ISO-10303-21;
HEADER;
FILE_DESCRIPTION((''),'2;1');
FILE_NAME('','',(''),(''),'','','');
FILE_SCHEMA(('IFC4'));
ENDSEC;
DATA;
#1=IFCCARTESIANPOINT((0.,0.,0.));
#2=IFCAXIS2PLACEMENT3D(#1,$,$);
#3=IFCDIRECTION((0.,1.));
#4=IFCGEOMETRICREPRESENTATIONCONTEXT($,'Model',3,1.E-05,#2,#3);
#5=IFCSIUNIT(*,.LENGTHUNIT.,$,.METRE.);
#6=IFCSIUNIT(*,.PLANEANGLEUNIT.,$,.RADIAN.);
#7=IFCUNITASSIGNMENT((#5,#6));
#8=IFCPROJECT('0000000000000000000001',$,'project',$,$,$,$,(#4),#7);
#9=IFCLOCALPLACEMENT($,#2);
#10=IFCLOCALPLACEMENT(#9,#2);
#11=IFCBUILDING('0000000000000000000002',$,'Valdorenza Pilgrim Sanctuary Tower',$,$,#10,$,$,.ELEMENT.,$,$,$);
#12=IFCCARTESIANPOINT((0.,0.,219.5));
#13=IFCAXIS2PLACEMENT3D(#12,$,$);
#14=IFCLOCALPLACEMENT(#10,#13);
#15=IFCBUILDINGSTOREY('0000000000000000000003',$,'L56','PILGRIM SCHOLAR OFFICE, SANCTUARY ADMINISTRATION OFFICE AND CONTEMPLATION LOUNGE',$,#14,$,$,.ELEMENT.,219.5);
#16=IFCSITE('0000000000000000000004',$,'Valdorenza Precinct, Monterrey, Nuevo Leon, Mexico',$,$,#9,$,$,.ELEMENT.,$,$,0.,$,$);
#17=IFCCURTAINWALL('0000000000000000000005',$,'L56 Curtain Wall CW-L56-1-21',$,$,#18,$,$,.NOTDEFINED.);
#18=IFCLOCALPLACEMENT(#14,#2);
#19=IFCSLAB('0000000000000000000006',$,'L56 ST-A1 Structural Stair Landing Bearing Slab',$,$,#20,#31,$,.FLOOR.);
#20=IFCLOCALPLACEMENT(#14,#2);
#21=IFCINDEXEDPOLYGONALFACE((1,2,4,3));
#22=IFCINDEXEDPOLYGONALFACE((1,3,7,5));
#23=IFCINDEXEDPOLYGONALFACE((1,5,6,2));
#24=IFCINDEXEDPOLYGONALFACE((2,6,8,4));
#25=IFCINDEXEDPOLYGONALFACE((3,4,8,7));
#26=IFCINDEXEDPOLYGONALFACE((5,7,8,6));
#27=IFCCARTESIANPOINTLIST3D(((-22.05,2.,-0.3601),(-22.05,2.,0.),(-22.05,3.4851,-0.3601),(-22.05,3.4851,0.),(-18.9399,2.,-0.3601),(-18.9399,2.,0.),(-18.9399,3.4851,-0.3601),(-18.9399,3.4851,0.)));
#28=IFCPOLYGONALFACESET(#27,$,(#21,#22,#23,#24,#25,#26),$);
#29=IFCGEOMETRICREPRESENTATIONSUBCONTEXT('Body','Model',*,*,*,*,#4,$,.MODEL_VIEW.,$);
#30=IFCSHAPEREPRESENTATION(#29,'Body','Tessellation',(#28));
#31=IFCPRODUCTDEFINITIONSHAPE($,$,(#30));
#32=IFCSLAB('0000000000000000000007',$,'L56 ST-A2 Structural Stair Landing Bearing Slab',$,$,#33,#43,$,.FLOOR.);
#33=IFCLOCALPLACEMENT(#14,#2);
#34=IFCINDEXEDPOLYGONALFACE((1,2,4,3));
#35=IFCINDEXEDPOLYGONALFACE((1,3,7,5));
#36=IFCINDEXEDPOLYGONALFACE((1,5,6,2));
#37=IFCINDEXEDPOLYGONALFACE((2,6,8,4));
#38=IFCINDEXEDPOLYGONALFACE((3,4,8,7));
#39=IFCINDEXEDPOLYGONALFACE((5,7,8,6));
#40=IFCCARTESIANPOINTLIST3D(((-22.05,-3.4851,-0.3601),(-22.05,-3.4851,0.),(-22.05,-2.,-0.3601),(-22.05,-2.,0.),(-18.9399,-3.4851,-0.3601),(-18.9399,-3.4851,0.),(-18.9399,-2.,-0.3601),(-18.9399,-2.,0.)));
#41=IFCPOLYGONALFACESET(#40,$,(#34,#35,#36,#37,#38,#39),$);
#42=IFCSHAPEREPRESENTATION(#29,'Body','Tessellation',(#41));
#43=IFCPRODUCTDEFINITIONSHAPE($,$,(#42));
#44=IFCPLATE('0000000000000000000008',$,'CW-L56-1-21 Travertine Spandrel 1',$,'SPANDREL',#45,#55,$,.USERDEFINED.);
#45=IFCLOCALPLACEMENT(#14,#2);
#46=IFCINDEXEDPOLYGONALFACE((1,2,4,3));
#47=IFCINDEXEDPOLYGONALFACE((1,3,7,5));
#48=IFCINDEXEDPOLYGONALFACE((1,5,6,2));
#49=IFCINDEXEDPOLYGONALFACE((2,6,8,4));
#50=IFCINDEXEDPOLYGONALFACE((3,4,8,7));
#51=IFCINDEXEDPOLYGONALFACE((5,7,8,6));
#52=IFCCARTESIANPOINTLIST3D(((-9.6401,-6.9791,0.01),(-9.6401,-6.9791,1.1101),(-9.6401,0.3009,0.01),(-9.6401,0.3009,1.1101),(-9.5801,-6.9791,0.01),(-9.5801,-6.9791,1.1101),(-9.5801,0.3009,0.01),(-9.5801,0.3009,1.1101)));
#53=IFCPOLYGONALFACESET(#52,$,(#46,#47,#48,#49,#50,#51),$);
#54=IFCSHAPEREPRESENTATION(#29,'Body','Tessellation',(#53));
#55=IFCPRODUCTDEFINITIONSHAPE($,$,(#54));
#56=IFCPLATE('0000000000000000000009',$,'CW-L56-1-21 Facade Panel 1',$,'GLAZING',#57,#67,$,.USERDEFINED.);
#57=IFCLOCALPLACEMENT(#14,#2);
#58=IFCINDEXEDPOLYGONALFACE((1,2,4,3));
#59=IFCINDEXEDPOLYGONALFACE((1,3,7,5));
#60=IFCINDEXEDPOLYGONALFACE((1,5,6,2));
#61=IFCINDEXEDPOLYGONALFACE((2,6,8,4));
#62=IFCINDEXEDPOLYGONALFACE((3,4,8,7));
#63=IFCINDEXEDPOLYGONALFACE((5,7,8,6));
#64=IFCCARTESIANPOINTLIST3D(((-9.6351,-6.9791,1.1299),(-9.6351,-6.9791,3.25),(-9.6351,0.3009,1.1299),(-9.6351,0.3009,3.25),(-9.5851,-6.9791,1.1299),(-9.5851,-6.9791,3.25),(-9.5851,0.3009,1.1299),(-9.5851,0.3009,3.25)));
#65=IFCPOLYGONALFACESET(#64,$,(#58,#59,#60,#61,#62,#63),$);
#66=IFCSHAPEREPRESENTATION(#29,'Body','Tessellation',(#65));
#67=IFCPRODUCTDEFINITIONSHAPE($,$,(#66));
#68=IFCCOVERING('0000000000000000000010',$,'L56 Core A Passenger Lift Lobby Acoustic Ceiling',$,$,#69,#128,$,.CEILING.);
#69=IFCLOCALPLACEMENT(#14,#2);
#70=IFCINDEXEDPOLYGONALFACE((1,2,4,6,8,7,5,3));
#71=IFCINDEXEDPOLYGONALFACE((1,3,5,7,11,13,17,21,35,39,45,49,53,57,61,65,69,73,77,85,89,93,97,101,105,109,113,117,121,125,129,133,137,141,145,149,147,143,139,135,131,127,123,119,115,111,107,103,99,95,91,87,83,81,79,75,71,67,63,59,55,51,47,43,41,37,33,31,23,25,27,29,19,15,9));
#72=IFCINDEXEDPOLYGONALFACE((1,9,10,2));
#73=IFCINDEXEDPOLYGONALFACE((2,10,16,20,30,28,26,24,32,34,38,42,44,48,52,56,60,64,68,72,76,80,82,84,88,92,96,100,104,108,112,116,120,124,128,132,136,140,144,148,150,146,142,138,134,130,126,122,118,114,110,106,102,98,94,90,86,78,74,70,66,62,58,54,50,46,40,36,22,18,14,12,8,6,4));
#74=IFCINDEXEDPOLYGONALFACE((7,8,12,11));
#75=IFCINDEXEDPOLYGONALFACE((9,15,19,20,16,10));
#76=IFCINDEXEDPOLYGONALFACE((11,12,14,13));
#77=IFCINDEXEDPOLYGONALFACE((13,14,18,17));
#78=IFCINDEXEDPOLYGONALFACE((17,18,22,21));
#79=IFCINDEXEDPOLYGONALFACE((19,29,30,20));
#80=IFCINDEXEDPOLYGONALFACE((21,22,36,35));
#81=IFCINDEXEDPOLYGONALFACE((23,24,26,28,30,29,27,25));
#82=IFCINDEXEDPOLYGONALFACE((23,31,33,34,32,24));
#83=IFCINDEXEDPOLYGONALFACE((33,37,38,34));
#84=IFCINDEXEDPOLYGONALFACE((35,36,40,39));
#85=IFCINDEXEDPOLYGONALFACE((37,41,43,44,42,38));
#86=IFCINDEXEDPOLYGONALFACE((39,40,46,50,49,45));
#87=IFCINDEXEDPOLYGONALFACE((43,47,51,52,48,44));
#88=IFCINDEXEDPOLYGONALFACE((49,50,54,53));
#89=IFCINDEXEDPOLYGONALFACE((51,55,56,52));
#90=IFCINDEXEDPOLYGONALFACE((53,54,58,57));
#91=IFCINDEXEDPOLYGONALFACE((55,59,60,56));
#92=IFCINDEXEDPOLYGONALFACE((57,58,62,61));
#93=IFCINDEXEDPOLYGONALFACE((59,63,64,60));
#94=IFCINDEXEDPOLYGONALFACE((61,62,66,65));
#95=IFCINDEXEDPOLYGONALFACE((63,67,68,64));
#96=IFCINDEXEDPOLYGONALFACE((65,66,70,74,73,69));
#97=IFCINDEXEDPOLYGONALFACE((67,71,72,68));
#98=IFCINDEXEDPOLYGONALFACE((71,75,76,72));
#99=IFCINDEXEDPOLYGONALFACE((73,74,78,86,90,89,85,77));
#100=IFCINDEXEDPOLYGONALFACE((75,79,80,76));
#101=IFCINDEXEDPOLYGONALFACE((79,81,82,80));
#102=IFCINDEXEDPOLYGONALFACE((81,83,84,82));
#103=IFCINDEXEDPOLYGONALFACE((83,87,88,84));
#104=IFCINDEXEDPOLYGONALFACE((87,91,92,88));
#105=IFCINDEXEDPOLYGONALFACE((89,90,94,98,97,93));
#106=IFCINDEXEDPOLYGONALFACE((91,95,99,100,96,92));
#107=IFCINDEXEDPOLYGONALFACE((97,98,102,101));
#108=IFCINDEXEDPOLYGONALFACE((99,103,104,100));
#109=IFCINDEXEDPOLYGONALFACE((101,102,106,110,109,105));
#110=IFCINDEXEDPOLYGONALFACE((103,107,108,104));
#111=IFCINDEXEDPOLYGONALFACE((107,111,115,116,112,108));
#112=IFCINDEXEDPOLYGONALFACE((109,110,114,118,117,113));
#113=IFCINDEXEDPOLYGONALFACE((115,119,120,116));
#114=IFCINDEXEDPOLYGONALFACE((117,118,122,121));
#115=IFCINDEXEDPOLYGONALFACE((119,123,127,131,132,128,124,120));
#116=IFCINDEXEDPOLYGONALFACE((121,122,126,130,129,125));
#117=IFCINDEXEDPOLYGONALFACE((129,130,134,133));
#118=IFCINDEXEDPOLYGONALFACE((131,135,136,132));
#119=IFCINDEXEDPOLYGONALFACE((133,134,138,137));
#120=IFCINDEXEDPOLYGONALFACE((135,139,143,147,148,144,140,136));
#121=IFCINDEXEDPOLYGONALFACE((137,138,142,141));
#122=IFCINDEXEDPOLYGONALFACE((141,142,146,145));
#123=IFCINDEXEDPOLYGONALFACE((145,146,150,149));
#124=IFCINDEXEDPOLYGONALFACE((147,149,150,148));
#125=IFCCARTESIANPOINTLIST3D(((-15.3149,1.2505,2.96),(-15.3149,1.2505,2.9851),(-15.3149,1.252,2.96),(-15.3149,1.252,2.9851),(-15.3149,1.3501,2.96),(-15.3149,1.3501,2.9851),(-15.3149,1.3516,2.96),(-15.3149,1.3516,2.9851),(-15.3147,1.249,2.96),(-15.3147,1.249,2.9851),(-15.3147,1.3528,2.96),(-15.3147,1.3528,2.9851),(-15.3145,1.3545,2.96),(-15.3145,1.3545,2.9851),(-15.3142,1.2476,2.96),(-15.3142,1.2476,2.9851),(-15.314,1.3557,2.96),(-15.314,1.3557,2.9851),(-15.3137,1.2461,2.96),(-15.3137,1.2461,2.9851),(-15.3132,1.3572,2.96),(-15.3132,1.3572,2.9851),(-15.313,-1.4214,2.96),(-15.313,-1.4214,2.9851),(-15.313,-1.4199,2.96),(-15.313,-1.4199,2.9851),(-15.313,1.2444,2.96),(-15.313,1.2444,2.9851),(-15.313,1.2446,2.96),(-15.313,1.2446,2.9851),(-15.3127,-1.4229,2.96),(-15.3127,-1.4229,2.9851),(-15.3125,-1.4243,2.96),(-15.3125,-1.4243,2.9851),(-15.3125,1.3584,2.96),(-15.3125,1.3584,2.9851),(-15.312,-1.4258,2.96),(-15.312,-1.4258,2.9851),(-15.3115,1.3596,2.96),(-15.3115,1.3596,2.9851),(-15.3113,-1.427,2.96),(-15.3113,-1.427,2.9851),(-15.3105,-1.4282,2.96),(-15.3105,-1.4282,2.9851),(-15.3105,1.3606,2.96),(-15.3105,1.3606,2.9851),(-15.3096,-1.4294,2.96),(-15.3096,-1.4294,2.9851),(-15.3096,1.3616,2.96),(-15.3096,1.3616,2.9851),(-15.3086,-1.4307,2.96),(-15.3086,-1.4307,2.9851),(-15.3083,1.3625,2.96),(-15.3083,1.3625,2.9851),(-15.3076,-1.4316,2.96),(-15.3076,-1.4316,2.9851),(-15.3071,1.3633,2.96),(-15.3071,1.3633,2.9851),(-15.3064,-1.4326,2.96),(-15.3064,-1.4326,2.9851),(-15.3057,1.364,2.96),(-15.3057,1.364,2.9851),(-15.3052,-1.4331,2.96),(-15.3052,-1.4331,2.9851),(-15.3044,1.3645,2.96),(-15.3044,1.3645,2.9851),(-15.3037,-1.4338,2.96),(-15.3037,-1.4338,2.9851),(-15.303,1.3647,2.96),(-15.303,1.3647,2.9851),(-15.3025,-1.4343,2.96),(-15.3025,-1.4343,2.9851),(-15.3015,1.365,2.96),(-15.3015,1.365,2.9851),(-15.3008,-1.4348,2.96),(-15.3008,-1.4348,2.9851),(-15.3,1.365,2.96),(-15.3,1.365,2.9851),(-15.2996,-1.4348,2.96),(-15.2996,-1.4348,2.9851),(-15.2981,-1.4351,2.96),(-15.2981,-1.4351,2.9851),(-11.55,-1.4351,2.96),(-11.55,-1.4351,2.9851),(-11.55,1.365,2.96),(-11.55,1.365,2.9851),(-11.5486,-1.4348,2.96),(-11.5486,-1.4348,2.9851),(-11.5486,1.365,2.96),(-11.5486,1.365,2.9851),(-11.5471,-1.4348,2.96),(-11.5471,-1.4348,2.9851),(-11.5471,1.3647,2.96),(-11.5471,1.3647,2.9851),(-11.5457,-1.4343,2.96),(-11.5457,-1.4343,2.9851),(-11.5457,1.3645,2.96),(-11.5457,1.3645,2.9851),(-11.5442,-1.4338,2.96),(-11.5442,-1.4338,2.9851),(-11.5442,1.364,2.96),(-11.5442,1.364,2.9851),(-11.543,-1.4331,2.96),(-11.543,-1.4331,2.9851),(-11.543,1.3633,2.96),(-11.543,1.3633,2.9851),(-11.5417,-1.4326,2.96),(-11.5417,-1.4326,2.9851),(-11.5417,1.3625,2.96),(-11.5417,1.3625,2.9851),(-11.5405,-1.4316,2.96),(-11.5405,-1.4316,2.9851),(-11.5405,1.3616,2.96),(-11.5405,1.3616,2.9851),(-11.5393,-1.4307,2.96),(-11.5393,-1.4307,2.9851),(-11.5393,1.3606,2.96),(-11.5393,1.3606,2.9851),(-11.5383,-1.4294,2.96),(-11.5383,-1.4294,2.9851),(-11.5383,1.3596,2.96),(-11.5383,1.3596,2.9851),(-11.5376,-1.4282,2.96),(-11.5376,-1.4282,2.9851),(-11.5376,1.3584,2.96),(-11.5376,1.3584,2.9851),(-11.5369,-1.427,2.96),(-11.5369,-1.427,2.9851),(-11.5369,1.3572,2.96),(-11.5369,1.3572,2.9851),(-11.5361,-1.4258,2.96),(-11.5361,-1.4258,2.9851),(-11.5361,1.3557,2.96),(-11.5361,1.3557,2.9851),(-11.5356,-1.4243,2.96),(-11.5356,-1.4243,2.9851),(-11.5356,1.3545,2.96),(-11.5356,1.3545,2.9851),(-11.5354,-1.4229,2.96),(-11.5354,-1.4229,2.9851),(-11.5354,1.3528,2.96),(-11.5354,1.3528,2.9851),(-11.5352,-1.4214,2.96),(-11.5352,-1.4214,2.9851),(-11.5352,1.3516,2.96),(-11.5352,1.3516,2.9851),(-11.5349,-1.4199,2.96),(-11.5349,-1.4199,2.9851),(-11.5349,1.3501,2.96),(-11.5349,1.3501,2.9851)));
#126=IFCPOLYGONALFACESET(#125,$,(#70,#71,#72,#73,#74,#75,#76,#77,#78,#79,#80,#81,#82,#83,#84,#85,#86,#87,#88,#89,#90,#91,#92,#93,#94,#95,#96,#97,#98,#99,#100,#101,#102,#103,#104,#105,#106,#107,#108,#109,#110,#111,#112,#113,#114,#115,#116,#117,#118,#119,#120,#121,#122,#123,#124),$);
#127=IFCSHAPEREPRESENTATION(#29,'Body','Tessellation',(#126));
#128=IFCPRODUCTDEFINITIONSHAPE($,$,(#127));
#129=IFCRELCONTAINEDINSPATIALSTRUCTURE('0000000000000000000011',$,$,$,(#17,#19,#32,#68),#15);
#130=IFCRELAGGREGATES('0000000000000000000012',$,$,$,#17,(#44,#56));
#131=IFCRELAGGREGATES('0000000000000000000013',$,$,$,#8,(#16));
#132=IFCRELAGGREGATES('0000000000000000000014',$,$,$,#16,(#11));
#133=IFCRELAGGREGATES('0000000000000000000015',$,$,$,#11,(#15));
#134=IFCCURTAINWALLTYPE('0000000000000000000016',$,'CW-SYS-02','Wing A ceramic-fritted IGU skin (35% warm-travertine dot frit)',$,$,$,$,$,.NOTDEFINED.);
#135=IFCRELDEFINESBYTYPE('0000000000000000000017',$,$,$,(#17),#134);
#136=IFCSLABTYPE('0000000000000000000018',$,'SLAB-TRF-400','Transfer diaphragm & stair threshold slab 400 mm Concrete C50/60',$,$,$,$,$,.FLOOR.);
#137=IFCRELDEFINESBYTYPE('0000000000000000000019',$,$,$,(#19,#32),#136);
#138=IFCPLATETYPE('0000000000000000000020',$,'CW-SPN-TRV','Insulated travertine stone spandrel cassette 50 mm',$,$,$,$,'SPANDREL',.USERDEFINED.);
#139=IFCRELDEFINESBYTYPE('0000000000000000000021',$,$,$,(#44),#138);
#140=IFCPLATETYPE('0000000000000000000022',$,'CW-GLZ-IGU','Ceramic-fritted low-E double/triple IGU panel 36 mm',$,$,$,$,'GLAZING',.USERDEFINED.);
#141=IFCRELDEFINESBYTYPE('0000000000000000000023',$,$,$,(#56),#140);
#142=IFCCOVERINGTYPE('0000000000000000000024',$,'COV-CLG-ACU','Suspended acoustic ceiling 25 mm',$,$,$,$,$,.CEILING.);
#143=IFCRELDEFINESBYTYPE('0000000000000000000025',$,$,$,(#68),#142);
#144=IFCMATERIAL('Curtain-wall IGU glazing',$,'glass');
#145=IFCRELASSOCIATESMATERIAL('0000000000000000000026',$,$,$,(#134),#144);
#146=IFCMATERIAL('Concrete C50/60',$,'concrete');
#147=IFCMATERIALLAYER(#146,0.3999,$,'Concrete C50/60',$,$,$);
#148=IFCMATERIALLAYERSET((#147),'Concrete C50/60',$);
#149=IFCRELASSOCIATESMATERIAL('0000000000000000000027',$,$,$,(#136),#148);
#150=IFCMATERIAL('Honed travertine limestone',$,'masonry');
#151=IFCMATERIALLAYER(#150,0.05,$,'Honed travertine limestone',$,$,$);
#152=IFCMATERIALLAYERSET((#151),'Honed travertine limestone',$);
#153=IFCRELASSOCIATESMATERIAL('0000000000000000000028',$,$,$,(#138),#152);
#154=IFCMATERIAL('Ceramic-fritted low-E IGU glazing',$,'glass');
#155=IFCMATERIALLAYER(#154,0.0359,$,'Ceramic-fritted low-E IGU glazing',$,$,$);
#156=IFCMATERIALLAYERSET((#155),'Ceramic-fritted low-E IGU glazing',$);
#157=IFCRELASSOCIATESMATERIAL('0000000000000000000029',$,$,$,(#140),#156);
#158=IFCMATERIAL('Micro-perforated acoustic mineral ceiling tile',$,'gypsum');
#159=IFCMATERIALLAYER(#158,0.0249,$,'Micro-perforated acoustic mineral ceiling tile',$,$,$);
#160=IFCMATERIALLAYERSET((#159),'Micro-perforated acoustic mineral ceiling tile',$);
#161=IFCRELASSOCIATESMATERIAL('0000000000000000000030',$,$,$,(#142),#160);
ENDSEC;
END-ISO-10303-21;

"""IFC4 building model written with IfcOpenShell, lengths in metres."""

from ifc_helpers import new_model, si_unit, direction, frame, origin, origin_2d, place, context, subcontext, project, spatial, polyline, rectangle, outline, extrude, source, transform, mapped, material, layer, layer_set, type_object, element, aggregate, save


model = new_model("IFC4")

# Units and contexts
model_context = context("Model", 3, precision=1e-05, world=origin(), true_north=direction((0.0, 1.0)))
body_context = subcontext(model_context, "Body", "Model", "MODEL_VIEW")
ifc_project = project(units=[si_unit("LENGTHUNIT", "METRE"), si_unit("PLANEANGLEUNIT", "RADIAN")], contexts=[model_context])

# Site, building, storey
site_placement = place(None, origin())
site = spatial("IfcSite", under=ifc_project, at=site_placement, Name="Valdorenza Precinct, Monterrey, Nuevo Leon, Mexico", CompositionType="ELEMENT", RefElevation=0.0)
building_placement = place(site_placement, origin())
building = spatial("IfcBuilding", under=site, at=building_placement, Name="Valdorenza Pilgrim Sanctuary Tower", CompositionType="ELEMENT")
storey_placement = place(building_placement, frame((0.0, 0.0, 219.5)))
storey = spatial("IfcBuildingStorey", under=building, at=storey_placement, Name="L56", Description="PILGRIM SCHOLAR OFFICE, SANCTUARY ADMINISTRATION OFFICE AND CONTEMPLATION LOUNGE", CompositionType="ELEMENT", Elevation=219.5)

# Curtain wall
ifc_material_1 = material(Name="Curtain-wall IGU glazing", Category="glass")
curtain_wall_type = type_object("IfcCurtainWallType", Name="CW-SYS-02", Description="Wing A ceramic-fritted IGU skin (35% warm-travertine dot frit)", PredefinedType="NOTDEFINED", material=ifc_material_1)
curtain_wall_placement = place(storey_placement, origin())
curtain_wall = element("IfcCurtainWall", 1, at=curtain_wall_placement, inside=storey, type_object=curtain_wall_type, Name="L56 Curtain Wall CW-L56-1-21", PredefinedType="NOTDEFINED")

# Slabs
ifc_material_2 = material(Name="Concrete C50/60", Category="concrete")
ifc_layer_1 = layer(ifc_material_2, 0.3999, Name="Concrete C50/60")
ifc_layer_set_1 = layer_set([ifc_layer_1], Name="Concrete C50/60")
slab_type_1 = type_object("IfcSlabType", Name="SLAB-TRF-400", Description="Transfer diaphragm & stair threshold slab 400 mm Concrete C50/60", PredefinedType="FLOOR", material=ifc_layer_set_1)
slab_1_placement = place(storey_placement, frame((0.0, 0.0, -0.3601)))
element("IfcSlab", 2, at=slab_1_placement, inside=storey, type_object=slab_type_1, Name="L56 ST-A1 Structural Stair Landing Bearing Slab", PredefinedType="FLOOR", context=body_context, shape_type="SweptSolid", body=[
    extrude(outline(polyline([(-22.05, 2.0), (-18.9399, 2.0), (-18.9399, 3.4851), (-22.05, 3.4851), (-22.05, 2.0)])), origin(), (0.0, 0.0, 1.0), 0.3601),
])
slab_2_placement = place(storey_placement, frame((0.0, 0.0, -0.3601)))
element("IfcSlab", 3, at=slab_2_placement, inside=storey, type_object=slab_type_1, Name="L56 ST-A2 Structural Stair Landing Bearing Slab", PredefinedType="FLOOR", context=body_context, shape_type="SweptSolid", body=[
    extrude(outline(polyline([(-22.05, -3.4851), (-18.9399, -3.4851), (-18.9399, -2.0), (-22.05, -2.0), (-22.05, -3.4851)])), origin(), (0.0, 0.0, 1.0), 0.3601),
])

# Plates
ifc_material_3 = material(Name="Honed travertine limestone", Category="masonry")
ifc_layer_2 = layer(ifc_material_3, 0.05, Name="Honed travertine limestone")
ifc_layer_set_2 = layer_set([ifc_layer_2], Name="Honed travertine limestone")
plate_type_1 = type_object("IfcPlateType", Name="CW-SPN-TRV", Description="Insulated travertine stone spandrel cassette 50 mm", ElementType="SPANDREL", PredefinedType="USERDEFINED", material=ifc_layer_set_2)
shared_shape_1 = source(origin(), body_context, "Body", "SweptSolid", [
    extrude(rectangle(XDim=7.28, YDim=0.0601, at=origin_2d()), origin(), (0.0, 0.0, 1.0), 1.1001),
])
plate_1_placement = place(storey_placement, frame((-9.6101, -3.3391, 0.01), z_axis=(0.0, 0.0, 1.0), x_axis=(0.0, -1.0, 0.0)))
plate_1 = element("IfcPlate", 4, at=plate_1_placement, type_object=plate_type_1, Name="CW-L56-1-21 Travertine Spandrel 1", ObjectType="SPANDREL", PredefinedType="USERDEFINED", context=body_context, shape_type="MappedRepresentation", body=[
    mapped(shared_shape_1, transform((0.0, 0.0, 0.0), x_axis=(1.0, 0.0, 0.0), y_axis=(0.0, 1.0, 0.0), z_axis=(0.0, 0.0, 1.0), scale=1.0)),
])
ifc_material_4 = material(Name="Ceramic-fritted low-E IGU glazing", Category="glass")
ifc_layer_3 = layer(ifc_material_4, 0.0359, Name="Ceramic-fritted low-E IGU glazing")
ifc_layer_set_3 = layer_set([ifc_layer_3], Name="Ceramic-fritted low-E IGU glazing")
plate_type_2 = type_object("IfcPlateType", Name="CW-GLZ-IGU", Description="Ceramic-fritted low-E double/triple IGU panel 36 mm", ElementType="GLAZING", PredefinedType="USERDEFINED", material=ifc_layer_set_3)
shared_shape_2 = source(origin(), body_context, "Body", "SweptSolid", [
    extrude(rectangle(XDim=7.28, YDim=0.05, at=origin_2d()), origin(), (0.0, 0.0, 1.0), 2.1201),
])
plate_2_placement = place(storey_placement, frame((-9.6101, -3.3391, 1.1299), z_axis=(0.0, 0.0, 1.0), x_axis=(0.0, -1.0, 0.0)))
plate_2 = element("IfcPlate", 5, at=plate_2_placement, type_object=plate_type_2, Name="CW-L56-1-21 Facade Panel 1", ObjectType="GLAZING", PredefinedType="USERDEFINED", context=body_context, shape_type="MappedRepresentation", body=[
    mapped(shared_shape_2, transform((0.0, 0.0, 0.0), x_axis=(1.0, 0.0, 0.0), y_axis=(0.0, 1.0, 0.0), z_axis=(0.0, 0.0, 1.0), scale=1.0)),
])
aggregate(curtain_wall, [plate_1, plate_2])

# Covering
ifc_material_5 = material(Name="Micro-perforated acoustic mineral ceiling tile", Category="gypsum")
ifc_layer_4 = layer(ifc_material_5, 0.0249, Name="Micro-perforated acoustic mineral ceiling tile")
ifc_layer_set_4 = layer_set([ifc_layer_4], Name="Micro-perforated acoustic mineral ceiling tile")
covering_type_1 = type_object("IfcCoveringType", Name="COV-CLG-ACU", Description="Suspended acoustic ceiling 25 mm", PredefinedType="CEILING", material=ifc_layer_set_4)
covering_1_placement = place(storey_placement, frame((0.0, 0.0, 2.96)))
element("IfcCovering", 6, at=covering_1_placement, inside=storey, type_object=covering_type_1, Name="L56 Core A Passenger Lift Lobby Acoustic Ceiling", PredefinedType="CEILING", context=body_context, shape_type="SweptSolid", body=[
    extrude(outline(polyline([(-15.3149, 1.3501), (-15.3149, 1.3516), (-15.3147, 1.3528), (-15.3145, 1.3545), (-15.314, 1.3557), (-15.3132, 1.3572), (-15.3125, 1.3584), (-15.3115, 1.3596), (-15.3105, 1.3606), (-15.3096, 1.3616), (-15.3083, 1.3625), (-15.3071, 1.3633), (-15.3057, 1.364), (-15.3044, 1.3645), (-15.303, 1.3647), (-15.3015, 1.365), (-15.3, 1.365), (-11.55, 1.365), (-11.5486, 1.365), (-11.5471, 1.3647), (-11.5457, 1.3645), (-11.5442, 1.364), (-11.543, 1.3633), (-11.5417, 1.3625), (-11.5405, 1.3616), (-11.5393, 1.3606), (-11.5383, 1.3596), (-11.5376, 1.3584), (-11.5369, 1.3572), (-11.5361, 1.3557), (-11.5356, 1.3545), (-11.5354, 1.3528), (-11.5352, 1.3516), (-11.5349, 1.3501), (-11.5349, -1.4199), (-11.5352, -1.4214), (-11.5354, -1.4229), (-11.5356, -1.4243), (-11.5361, -1.4258), (-11.5369, -1.427), (-11.5376, -1.4282), (-11.5383, -1.4294), (-11.5393, -1.4307), (-11.5405, -1.4316), (-11.5417, -1.4326), (-11.543, -1.4331), (-11.5442, -1.4338), (-11.5457, -1.4343), (-11.5471, -1.4348), (-11.5486, -1.4348), (-11.55, -1.4351), (-15.2981, -1.4351), (-15.2996, -1.4348), (-15.3008, -1.4348), (-15.3025, -1.4343), (-15.3037, -1.4338), (-15.3052, -1.4331), (-15.3064, -1.4326), (-15.3076, -1.4316), (-15.3086, -1.4307), (-15.3096, -1.4294), (-15.3105, -1.4282), (-15.3113, -1.427), (-15.312, -1.4258), (-15.3125, -1.4243), (-15.3127, -1.4229), (-15.313, -1.4214), (-15.313, -1.4199), (-15.313, 1.2444), (-15.313, 1.2446), (-15.3137, 1.2461), (-15.3142, 1.2476), (-15.3147, 1.249), (-15.3149, 1.2505), (-15.3149, 1.252), (-15.3149, 1.3501)])), origin(), (0.0, 0.0, 1.0), 0.0251),
])

save(model, "model.ifc")
